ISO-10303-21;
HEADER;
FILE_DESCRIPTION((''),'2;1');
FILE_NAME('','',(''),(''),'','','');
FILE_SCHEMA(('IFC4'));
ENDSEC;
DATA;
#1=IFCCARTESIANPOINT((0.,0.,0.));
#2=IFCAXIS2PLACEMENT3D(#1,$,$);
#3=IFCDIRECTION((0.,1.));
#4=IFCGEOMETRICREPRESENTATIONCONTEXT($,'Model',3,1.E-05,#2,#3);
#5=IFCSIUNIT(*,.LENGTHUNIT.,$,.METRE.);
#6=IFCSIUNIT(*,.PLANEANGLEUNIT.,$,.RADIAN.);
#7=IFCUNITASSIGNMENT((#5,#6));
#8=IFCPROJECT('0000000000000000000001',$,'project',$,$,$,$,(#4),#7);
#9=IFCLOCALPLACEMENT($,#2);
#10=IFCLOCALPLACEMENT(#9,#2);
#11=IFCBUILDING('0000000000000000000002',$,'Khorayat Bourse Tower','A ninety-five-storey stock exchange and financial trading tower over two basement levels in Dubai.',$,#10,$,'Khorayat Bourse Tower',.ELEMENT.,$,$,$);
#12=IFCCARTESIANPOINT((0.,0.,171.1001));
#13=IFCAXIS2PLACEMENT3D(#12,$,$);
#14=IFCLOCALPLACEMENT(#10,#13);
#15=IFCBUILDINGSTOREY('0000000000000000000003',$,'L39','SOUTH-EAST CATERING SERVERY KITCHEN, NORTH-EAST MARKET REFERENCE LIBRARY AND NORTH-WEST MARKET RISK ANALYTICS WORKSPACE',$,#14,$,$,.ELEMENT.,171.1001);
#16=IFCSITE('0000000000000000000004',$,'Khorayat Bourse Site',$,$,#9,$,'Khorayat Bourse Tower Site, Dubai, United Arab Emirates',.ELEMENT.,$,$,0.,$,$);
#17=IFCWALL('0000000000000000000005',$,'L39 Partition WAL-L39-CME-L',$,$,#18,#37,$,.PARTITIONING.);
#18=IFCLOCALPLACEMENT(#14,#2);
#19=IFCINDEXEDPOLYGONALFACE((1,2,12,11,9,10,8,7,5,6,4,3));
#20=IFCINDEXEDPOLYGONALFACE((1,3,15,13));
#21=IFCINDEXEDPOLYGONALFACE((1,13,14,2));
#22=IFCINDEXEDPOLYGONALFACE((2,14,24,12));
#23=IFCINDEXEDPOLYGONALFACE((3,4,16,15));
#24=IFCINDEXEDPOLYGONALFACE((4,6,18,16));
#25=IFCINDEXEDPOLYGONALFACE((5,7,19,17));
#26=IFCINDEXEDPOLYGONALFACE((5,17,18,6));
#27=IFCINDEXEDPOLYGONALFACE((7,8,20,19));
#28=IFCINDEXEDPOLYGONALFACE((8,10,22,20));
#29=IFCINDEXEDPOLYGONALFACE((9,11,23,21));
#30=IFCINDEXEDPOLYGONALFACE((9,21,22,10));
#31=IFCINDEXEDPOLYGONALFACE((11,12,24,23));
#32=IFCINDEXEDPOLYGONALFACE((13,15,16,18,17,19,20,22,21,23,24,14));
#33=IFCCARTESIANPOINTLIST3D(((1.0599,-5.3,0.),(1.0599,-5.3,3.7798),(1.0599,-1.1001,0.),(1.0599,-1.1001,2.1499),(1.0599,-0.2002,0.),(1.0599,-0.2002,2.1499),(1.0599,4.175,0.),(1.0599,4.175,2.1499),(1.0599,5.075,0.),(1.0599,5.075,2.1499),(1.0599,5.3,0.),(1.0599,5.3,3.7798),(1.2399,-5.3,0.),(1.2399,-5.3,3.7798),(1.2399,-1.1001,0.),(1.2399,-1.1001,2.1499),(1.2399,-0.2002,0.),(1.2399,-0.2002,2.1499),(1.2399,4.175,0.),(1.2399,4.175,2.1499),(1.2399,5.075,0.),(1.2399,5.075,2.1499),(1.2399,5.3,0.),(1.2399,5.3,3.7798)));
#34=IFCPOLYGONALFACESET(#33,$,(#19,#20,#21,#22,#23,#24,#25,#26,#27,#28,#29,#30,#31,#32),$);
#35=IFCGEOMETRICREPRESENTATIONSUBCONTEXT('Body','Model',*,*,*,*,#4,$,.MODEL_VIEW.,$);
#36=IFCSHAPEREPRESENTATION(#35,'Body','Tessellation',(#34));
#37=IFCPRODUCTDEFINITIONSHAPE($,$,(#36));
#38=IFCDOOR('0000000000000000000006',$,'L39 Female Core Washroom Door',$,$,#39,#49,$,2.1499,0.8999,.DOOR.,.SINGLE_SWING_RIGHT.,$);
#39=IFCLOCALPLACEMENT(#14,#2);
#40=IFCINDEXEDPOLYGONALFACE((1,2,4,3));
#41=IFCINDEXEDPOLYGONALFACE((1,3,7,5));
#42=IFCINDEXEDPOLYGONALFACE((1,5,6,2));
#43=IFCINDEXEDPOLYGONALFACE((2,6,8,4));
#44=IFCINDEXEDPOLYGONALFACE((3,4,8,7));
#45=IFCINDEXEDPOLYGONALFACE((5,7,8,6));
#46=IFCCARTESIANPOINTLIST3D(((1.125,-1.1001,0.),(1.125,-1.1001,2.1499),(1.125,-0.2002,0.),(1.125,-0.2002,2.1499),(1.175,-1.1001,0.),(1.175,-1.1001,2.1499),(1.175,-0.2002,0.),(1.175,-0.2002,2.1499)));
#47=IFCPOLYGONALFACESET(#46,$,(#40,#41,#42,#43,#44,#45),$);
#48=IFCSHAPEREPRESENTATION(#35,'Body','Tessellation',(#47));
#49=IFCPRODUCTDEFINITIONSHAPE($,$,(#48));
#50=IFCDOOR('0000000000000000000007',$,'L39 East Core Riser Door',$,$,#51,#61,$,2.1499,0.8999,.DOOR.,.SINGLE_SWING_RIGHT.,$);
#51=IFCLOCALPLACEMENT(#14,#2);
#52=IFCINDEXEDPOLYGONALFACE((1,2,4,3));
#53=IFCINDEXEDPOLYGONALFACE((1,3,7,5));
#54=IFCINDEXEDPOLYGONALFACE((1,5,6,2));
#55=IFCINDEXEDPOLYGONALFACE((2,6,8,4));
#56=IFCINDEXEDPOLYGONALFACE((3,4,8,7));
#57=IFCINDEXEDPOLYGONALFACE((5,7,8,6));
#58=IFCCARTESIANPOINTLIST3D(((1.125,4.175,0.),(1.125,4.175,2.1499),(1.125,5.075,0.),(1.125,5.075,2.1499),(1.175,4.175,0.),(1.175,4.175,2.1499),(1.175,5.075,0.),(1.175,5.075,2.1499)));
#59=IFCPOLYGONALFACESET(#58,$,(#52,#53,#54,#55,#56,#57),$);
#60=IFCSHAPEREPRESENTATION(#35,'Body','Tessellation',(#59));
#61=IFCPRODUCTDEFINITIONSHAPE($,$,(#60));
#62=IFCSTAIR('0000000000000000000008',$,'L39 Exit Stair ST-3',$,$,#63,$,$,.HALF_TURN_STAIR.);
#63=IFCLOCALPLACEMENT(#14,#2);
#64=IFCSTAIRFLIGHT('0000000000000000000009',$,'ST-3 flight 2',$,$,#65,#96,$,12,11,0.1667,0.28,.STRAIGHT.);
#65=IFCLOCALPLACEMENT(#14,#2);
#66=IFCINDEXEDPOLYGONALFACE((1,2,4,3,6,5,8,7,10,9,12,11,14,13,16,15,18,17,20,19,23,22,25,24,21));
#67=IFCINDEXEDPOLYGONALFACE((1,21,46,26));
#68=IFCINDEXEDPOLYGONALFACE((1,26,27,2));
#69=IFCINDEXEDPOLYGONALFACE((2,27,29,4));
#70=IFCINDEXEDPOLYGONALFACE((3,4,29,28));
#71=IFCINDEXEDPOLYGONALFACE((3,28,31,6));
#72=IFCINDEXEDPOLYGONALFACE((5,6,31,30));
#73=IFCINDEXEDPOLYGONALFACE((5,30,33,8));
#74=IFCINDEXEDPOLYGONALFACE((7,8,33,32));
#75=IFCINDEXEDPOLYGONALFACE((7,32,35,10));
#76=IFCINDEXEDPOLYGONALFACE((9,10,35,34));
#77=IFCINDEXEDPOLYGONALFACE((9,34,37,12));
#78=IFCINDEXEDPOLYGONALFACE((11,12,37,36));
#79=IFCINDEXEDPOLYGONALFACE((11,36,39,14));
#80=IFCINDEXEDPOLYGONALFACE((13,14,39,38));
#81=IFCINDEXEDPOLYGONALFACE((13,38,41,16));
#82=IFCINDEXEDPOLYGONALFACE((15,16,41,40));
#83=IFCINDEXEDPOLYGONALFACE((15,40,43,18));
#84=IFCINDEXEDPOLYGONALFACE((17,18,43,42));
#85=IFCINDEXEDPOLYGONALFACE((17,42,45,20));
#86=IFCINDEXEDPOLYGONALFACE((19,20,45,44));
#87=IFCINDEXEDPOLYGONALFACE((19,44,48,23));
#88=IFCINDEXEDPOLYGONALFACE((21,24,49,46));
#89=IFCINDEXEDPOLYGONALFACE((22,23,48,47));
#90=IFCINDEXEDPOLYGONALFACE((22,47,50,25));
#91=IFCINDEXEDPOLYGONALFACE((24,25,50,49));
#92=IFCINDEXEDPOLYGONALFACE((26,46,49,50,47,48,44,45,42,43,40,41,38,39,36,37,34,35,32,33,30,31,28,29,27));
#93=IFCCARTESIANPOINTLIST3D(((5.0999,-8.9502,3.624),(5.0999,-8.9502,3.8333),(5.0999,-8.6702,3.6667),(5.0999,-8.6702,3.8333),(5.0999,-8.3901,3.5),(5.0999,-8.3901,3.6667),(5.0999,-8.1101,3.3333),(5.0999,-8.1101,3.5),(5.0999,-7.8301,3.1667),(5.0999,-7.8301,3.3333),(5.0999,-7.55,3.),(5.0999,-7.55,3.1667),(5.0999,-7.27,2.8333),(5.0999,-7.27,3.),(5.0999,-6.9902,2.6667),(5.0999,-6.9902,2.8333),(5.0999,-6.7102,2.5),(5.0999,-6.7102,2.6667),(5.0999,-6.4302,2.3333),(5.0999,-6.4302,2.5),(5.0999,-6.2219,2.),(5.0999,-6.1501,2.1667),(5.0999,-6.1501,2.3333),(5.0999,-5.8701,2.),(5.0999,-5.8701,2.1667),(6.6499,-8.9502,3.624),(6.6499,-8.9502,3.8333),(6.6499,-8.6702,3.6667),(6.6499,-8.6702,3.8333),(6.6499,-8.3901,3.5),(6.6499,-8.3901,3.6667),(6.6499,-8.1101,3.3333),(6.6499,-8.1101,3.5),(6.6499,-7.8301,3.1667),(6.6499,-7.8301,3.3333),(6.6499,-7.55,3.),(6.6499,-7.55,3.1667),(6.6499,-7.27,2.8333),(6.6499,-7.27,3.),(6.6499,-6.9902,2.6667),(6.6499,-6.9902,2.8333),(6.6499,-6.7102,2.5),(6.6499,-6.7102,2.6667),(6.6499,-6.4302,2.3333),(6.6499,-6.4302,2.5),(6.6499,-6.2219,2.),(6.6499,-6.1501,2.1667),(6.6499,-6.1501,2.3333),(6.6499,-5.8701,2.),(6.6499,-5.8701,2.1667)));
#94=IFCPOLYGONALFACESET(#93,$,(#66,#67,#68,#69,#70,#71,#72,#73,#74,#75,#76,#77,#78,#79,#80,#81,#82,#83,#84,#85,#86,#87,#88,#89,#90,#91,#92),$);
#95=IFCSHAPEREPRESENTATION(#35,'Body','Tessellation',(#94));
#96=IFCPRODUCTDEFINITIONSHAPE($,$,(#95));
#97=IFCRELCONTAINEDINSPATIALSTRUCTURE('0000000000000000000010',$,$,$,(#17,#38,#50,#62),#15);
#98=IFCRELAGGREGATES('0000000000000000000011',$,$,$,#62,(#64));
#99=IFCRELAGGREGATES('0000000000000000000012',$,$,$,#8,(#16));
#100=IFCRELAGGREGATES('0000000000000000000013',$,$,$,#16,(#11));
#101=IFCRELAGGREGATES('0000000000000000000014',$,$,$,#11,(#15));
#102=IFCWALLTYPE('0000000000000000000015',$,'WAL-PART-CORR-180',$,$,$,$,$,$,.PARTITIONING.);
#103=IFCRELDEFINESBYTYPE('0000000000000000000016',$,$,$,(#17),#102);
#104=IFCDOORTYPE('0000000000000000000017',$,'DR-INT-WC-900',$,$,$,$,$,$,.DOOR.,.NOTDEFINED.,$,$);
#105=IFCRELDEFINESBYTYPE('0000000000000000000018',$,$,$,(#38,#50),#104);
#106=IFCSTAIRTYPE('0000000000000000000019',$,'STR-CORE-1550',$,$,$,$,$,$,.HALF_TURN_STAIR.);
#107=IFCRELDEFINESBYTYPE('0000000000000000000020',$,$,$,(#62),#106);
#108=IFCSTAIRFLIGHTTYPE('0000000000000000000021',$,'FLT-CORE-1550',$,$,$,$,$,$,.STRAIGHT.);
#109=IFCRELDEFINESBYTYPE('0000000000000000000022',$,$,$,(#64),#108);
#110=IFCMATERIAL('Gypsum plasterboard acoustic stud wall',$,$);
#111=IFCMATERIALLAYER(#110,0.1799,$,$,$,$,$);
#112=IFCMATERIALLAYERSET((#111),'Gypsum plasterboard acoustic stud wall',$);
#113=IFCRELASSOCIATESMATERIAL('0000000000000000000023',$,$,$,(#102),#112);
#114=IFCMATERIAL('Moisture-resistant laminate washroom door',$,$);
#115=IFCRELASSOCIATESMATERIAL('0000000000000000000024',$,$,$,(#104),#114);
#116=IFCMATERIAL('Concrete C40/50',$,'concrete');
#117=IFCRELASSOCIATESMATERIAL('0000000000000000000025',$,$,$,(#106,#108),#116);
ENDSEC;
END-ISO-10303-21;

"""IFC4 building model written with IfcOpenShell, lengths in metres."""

from ifc_helpers import new_model, si_unit, direction, frame, frame_2d, origin, place, context, subcontext, project, spatial, polyline, rectangle, outline, extrude, source, transform, mapped, material, layer, layer_set, type_object, element, fill, aggregate, save


model = new_model("IFC4")

# Units and contexts
model_context = context("Model", 3, precision=1e-05, world=origin(), true_north=direction((0.0, 1.0)))
body_context = subcontext(model_context, "Body", "Model", "MODEL_VIEW")
ifc_project = project(units=[si_unit("LENGTHUNIT", "METRE"), si_unit("PLANEANGLEUNIT", "RADIAN")], contexts=[model_context])

# Site, building, storey
site_placement = place(None, origin())
site = spatial("IfcSite", under=ifc_project, at=site_placement, Name="Khorayat Bourse Site", LongName="Khorayat Bourse Tower Site, Dubai, United Arab Emirates", CompositionType="ELEMENT", RefElevation=0.0)
building_placement = place(site_placement, origin())
building = spatial("IfcBuilding", under=site, at=building_placement, Name="Khorayat Bourse Tower", Description="A ninety-five-storey stock exchange and financial trading tower over two basement levels in Dubai.", LongName="Khorayat Bourse Tower", CompositionType="ELEMENT")
storey_placement = place(building_placement, frame((0.0, 0.0, 171.1001)))
storey = spatial("IfcBuildingStorey", under=building, at=storey_placement, Name="L39", Description="SOUTH-EAST CATERING SERVERY KITCHEN, NORTH-EAST MARKET REFERENCE LIBRARY AND NORTH-WEST MARKET RISK ANALYTICS WORKSPACE", CompositionType="ELEMENT", Elevation=171.1001)

# Shared definitions
ifc_material_1 = material(Name="Gypsum plasterboard acoustic stud wall")
ifc_layer_1 = layer(ifc_material_1, 0.1799)
ifc_layer_set_1 = layer_set([ifc_layer_1], Name="Gypsum plasterboard acoustic stud wall")
wall_type_1 = type_object("IfcWallType", Name="WAL-PART-CORR-180", PredefinedType="PARTITIONING", material=ifc_layer_set_1)
shared_shape_1 = source(origin(), body_context, "Body", "SweptSolid", [
    extrude(rectangle(XDim=0.8999, YDim=2.1499, at=frame_2d((0.45, 1.075))), frame((0.0, 0.0999, 0.0), z_axis=(0.0, -1.0, 0.0), x_axis=(1.0, 0.0, 0.0)), (0.0, 0.0, 1.0), 0.2),
])
ifc_material_2 = material(Name="Moisture-resistant laminate washroom door")
door_type = type_object("IfcDoorType", Name="DR-INT-WC-900", OperationType="NOTDEFINED", PredefinedType="DOOR", material=ifc_material_2)
shared_shape_2 = source(origin(), body_context, "Body", "SweptSolid", [
    extrude(rectangle(XDim=0.8999, YDim=2.1499, at=frame_2d((0.45, 1.075))), frame((0.0, 0.0249, 0.0), z_axis=(0.0, -1.0, 0.0), x_axis=(1.0, 0.0, 0.0)), (0.0, 0.0, 1.0), 0.05),
])

# Wall, openings, doors
shared_shape_3 = source(origin(), body_context, "Body", "SweptSolid", [
    extrude(rectangle(XDim=10.6001, YDim=0.1799, at=frame_2d((5.3, 0.0))), origin(), (0.0, 0.0, 1.0), 3.7798),
])
wall_1_placement = place(storey_placement, frame((1.1499, -5.3, 0.0), z_axis=(0.0, 0.0, 1.0), x_axis=(0.0, 1.0, 0.0)))
wall_1 = element("IfcWall", 1, at=wall_1_placement, inside=storey, type_object=wall_type_1, Name="L39 Partition WAL-L39-CME-L", PredefinedType="PARTITIONING", context=body_context, shape_type="MappedRepresentation", body=[
    mapped(shared_shape_3, transform((0.0, 0.0, 0.0), scale=1.0)),
])
opening_1_placement = place(wall_1_placement, frame((4.2, 0.0, 0.0)))
opening_1 = element("IfcOpeningElement", 2, at=opening_1_placement, cuts=wall_1, PredefinedType="OPENING", context=body_context, shape_type="MappedRepresentation", body=[
    mapped(shared_shape_1, transform((0.0, 0.0, 0.0), scale=1.0)),
])
opening_2_placement = place(wall_1_placement, frame((9.4751, 0.0, 0.0)))
opening_2 = element("IfcOpeningElement", 3, at=opening_2_placement, cuts=wall_1, PredefinedType="OPENING", context=body_context, shape_type="MappedRepresentation", body=[
    mapped(shared_shape_1, transform((0.0, 0.0, 0.0), scale=1.0)),
])
door_1_placement = place(opening_1_placement, origin())
door_1 = element("IfcDoor", 4, at=door_1_placement, inside=storey, type_object=door_type, Name="L39 Female Core Washroom Door", OperationType="SINGLE_SWING_RIGHT", OverallHeight=2.1499, OverallWidth=0.8999, PredefinedType="DOOR", context=body_context, shape_type="MappedRepresentation", body=[
    mapped(shared_shape_2, transform((0.0, 0.0, 0.0), scale=1.0)),
])
fill(opening_1, door_1)
door_2_placement = place(opening_2_placement, origin())
door_2 = element("IfcDoor", 5, at=door_2_placement, inside=storey, type_object=door_type, Name="L39 East Core Riser Door", OperationType="SINGLE_SWING_RIGHT", OverallHeight=2.1499, OverallWidth=0.8999, PredefinedType="DOOR", context=body_context, shape_type="MappedRepresentation", body=[
    mapped(shared_shape_2, transform((0.0, 0.0, 0.0), scale=1.0)),
])
fill(opening_2, door_2)

# Stair, stair flight
ifc_material_3 = material(Name="Concrete C40/50", Category="concrete")
stair_type = type_object("IfcStairType", Name="STR-CORE-1550", PredefinedType="HALF_TURN_STAIR", material=ifc_material_3)
stair_placement = place(storey_placement, origin())
stair = element("IfcStair", 6, at=stair_placement, inside=storey, type_object=stair_type, Name="L39 Exit Stair ST-3", PredefinedType="HALF_TURN_STAIR")
stair_flight_type = type_object("IfcStairFlightType", Name="FLT-CORE-1550", PredefinedType="STRAIGHT", material=ifc_material_3)
shared_shape_4 = source(origin(), body_context, "Body", "SweptSolid", [
    extrude(outline(polyline([(0.0, 0.0), (0.0, 0.1667), (0.28, 0.1667), (0.28, 0.3333), (0.5601, 0.3333), (0.5601, 0.5), (0.8401, 0.5), (0.8401, 0.6667), (1.1201, 0.6667), (1.1201, 0.8333), (1.3999, 0.8333), (1.3999, 1.0), (1.6799, 1.0), (1.6799, 1.1667), (1.96, 1.1667), (1.96, 1.3333), (2.24, 1.3333), (2.24, 1.5), (2.52, 1.5), (2.52, 1.6667), (2.8, 1.6667), (2.8, 1.8333), (3.0801, 1.8333), (3.0801, 2.0), (3.0801, 1.624), (0.3518, 0.0), (0.0, 0.0)])), frame((0.0, 0.7749, 0.0), z_axis=(0.0, -1.0, 0.0), x_axis=(1.0, 0.0, 0.0)), (0.0, 0.0, 1.0), 1.55),
])
stair_flight_placement = place(storey_placement, frame((5.875, -5.8701, 2.0), z_axis=(0.0, 0.0, 1.0), x_axis=(0.0, -1.0, 0.0)))
stair_flight = element("IfcStairFlight", 7, at=stair_flight_placement, type_object=stair_flight_type, Name="ST-3 flight 2", NumberOfRisers=12, NumberOfTreads=11, PredefinedType="STRAIGHT", RiserHeight=0.1667, TreadLength=0.28, context=body_context, shape_type="MappedRepresentation", body=[
    mapped(shared_shape_4, transform((0.0, 0.0, 0.0), scale=1.0)),
])
aggregate(stair, [stair_flight])

save(model, "model.ifc")
